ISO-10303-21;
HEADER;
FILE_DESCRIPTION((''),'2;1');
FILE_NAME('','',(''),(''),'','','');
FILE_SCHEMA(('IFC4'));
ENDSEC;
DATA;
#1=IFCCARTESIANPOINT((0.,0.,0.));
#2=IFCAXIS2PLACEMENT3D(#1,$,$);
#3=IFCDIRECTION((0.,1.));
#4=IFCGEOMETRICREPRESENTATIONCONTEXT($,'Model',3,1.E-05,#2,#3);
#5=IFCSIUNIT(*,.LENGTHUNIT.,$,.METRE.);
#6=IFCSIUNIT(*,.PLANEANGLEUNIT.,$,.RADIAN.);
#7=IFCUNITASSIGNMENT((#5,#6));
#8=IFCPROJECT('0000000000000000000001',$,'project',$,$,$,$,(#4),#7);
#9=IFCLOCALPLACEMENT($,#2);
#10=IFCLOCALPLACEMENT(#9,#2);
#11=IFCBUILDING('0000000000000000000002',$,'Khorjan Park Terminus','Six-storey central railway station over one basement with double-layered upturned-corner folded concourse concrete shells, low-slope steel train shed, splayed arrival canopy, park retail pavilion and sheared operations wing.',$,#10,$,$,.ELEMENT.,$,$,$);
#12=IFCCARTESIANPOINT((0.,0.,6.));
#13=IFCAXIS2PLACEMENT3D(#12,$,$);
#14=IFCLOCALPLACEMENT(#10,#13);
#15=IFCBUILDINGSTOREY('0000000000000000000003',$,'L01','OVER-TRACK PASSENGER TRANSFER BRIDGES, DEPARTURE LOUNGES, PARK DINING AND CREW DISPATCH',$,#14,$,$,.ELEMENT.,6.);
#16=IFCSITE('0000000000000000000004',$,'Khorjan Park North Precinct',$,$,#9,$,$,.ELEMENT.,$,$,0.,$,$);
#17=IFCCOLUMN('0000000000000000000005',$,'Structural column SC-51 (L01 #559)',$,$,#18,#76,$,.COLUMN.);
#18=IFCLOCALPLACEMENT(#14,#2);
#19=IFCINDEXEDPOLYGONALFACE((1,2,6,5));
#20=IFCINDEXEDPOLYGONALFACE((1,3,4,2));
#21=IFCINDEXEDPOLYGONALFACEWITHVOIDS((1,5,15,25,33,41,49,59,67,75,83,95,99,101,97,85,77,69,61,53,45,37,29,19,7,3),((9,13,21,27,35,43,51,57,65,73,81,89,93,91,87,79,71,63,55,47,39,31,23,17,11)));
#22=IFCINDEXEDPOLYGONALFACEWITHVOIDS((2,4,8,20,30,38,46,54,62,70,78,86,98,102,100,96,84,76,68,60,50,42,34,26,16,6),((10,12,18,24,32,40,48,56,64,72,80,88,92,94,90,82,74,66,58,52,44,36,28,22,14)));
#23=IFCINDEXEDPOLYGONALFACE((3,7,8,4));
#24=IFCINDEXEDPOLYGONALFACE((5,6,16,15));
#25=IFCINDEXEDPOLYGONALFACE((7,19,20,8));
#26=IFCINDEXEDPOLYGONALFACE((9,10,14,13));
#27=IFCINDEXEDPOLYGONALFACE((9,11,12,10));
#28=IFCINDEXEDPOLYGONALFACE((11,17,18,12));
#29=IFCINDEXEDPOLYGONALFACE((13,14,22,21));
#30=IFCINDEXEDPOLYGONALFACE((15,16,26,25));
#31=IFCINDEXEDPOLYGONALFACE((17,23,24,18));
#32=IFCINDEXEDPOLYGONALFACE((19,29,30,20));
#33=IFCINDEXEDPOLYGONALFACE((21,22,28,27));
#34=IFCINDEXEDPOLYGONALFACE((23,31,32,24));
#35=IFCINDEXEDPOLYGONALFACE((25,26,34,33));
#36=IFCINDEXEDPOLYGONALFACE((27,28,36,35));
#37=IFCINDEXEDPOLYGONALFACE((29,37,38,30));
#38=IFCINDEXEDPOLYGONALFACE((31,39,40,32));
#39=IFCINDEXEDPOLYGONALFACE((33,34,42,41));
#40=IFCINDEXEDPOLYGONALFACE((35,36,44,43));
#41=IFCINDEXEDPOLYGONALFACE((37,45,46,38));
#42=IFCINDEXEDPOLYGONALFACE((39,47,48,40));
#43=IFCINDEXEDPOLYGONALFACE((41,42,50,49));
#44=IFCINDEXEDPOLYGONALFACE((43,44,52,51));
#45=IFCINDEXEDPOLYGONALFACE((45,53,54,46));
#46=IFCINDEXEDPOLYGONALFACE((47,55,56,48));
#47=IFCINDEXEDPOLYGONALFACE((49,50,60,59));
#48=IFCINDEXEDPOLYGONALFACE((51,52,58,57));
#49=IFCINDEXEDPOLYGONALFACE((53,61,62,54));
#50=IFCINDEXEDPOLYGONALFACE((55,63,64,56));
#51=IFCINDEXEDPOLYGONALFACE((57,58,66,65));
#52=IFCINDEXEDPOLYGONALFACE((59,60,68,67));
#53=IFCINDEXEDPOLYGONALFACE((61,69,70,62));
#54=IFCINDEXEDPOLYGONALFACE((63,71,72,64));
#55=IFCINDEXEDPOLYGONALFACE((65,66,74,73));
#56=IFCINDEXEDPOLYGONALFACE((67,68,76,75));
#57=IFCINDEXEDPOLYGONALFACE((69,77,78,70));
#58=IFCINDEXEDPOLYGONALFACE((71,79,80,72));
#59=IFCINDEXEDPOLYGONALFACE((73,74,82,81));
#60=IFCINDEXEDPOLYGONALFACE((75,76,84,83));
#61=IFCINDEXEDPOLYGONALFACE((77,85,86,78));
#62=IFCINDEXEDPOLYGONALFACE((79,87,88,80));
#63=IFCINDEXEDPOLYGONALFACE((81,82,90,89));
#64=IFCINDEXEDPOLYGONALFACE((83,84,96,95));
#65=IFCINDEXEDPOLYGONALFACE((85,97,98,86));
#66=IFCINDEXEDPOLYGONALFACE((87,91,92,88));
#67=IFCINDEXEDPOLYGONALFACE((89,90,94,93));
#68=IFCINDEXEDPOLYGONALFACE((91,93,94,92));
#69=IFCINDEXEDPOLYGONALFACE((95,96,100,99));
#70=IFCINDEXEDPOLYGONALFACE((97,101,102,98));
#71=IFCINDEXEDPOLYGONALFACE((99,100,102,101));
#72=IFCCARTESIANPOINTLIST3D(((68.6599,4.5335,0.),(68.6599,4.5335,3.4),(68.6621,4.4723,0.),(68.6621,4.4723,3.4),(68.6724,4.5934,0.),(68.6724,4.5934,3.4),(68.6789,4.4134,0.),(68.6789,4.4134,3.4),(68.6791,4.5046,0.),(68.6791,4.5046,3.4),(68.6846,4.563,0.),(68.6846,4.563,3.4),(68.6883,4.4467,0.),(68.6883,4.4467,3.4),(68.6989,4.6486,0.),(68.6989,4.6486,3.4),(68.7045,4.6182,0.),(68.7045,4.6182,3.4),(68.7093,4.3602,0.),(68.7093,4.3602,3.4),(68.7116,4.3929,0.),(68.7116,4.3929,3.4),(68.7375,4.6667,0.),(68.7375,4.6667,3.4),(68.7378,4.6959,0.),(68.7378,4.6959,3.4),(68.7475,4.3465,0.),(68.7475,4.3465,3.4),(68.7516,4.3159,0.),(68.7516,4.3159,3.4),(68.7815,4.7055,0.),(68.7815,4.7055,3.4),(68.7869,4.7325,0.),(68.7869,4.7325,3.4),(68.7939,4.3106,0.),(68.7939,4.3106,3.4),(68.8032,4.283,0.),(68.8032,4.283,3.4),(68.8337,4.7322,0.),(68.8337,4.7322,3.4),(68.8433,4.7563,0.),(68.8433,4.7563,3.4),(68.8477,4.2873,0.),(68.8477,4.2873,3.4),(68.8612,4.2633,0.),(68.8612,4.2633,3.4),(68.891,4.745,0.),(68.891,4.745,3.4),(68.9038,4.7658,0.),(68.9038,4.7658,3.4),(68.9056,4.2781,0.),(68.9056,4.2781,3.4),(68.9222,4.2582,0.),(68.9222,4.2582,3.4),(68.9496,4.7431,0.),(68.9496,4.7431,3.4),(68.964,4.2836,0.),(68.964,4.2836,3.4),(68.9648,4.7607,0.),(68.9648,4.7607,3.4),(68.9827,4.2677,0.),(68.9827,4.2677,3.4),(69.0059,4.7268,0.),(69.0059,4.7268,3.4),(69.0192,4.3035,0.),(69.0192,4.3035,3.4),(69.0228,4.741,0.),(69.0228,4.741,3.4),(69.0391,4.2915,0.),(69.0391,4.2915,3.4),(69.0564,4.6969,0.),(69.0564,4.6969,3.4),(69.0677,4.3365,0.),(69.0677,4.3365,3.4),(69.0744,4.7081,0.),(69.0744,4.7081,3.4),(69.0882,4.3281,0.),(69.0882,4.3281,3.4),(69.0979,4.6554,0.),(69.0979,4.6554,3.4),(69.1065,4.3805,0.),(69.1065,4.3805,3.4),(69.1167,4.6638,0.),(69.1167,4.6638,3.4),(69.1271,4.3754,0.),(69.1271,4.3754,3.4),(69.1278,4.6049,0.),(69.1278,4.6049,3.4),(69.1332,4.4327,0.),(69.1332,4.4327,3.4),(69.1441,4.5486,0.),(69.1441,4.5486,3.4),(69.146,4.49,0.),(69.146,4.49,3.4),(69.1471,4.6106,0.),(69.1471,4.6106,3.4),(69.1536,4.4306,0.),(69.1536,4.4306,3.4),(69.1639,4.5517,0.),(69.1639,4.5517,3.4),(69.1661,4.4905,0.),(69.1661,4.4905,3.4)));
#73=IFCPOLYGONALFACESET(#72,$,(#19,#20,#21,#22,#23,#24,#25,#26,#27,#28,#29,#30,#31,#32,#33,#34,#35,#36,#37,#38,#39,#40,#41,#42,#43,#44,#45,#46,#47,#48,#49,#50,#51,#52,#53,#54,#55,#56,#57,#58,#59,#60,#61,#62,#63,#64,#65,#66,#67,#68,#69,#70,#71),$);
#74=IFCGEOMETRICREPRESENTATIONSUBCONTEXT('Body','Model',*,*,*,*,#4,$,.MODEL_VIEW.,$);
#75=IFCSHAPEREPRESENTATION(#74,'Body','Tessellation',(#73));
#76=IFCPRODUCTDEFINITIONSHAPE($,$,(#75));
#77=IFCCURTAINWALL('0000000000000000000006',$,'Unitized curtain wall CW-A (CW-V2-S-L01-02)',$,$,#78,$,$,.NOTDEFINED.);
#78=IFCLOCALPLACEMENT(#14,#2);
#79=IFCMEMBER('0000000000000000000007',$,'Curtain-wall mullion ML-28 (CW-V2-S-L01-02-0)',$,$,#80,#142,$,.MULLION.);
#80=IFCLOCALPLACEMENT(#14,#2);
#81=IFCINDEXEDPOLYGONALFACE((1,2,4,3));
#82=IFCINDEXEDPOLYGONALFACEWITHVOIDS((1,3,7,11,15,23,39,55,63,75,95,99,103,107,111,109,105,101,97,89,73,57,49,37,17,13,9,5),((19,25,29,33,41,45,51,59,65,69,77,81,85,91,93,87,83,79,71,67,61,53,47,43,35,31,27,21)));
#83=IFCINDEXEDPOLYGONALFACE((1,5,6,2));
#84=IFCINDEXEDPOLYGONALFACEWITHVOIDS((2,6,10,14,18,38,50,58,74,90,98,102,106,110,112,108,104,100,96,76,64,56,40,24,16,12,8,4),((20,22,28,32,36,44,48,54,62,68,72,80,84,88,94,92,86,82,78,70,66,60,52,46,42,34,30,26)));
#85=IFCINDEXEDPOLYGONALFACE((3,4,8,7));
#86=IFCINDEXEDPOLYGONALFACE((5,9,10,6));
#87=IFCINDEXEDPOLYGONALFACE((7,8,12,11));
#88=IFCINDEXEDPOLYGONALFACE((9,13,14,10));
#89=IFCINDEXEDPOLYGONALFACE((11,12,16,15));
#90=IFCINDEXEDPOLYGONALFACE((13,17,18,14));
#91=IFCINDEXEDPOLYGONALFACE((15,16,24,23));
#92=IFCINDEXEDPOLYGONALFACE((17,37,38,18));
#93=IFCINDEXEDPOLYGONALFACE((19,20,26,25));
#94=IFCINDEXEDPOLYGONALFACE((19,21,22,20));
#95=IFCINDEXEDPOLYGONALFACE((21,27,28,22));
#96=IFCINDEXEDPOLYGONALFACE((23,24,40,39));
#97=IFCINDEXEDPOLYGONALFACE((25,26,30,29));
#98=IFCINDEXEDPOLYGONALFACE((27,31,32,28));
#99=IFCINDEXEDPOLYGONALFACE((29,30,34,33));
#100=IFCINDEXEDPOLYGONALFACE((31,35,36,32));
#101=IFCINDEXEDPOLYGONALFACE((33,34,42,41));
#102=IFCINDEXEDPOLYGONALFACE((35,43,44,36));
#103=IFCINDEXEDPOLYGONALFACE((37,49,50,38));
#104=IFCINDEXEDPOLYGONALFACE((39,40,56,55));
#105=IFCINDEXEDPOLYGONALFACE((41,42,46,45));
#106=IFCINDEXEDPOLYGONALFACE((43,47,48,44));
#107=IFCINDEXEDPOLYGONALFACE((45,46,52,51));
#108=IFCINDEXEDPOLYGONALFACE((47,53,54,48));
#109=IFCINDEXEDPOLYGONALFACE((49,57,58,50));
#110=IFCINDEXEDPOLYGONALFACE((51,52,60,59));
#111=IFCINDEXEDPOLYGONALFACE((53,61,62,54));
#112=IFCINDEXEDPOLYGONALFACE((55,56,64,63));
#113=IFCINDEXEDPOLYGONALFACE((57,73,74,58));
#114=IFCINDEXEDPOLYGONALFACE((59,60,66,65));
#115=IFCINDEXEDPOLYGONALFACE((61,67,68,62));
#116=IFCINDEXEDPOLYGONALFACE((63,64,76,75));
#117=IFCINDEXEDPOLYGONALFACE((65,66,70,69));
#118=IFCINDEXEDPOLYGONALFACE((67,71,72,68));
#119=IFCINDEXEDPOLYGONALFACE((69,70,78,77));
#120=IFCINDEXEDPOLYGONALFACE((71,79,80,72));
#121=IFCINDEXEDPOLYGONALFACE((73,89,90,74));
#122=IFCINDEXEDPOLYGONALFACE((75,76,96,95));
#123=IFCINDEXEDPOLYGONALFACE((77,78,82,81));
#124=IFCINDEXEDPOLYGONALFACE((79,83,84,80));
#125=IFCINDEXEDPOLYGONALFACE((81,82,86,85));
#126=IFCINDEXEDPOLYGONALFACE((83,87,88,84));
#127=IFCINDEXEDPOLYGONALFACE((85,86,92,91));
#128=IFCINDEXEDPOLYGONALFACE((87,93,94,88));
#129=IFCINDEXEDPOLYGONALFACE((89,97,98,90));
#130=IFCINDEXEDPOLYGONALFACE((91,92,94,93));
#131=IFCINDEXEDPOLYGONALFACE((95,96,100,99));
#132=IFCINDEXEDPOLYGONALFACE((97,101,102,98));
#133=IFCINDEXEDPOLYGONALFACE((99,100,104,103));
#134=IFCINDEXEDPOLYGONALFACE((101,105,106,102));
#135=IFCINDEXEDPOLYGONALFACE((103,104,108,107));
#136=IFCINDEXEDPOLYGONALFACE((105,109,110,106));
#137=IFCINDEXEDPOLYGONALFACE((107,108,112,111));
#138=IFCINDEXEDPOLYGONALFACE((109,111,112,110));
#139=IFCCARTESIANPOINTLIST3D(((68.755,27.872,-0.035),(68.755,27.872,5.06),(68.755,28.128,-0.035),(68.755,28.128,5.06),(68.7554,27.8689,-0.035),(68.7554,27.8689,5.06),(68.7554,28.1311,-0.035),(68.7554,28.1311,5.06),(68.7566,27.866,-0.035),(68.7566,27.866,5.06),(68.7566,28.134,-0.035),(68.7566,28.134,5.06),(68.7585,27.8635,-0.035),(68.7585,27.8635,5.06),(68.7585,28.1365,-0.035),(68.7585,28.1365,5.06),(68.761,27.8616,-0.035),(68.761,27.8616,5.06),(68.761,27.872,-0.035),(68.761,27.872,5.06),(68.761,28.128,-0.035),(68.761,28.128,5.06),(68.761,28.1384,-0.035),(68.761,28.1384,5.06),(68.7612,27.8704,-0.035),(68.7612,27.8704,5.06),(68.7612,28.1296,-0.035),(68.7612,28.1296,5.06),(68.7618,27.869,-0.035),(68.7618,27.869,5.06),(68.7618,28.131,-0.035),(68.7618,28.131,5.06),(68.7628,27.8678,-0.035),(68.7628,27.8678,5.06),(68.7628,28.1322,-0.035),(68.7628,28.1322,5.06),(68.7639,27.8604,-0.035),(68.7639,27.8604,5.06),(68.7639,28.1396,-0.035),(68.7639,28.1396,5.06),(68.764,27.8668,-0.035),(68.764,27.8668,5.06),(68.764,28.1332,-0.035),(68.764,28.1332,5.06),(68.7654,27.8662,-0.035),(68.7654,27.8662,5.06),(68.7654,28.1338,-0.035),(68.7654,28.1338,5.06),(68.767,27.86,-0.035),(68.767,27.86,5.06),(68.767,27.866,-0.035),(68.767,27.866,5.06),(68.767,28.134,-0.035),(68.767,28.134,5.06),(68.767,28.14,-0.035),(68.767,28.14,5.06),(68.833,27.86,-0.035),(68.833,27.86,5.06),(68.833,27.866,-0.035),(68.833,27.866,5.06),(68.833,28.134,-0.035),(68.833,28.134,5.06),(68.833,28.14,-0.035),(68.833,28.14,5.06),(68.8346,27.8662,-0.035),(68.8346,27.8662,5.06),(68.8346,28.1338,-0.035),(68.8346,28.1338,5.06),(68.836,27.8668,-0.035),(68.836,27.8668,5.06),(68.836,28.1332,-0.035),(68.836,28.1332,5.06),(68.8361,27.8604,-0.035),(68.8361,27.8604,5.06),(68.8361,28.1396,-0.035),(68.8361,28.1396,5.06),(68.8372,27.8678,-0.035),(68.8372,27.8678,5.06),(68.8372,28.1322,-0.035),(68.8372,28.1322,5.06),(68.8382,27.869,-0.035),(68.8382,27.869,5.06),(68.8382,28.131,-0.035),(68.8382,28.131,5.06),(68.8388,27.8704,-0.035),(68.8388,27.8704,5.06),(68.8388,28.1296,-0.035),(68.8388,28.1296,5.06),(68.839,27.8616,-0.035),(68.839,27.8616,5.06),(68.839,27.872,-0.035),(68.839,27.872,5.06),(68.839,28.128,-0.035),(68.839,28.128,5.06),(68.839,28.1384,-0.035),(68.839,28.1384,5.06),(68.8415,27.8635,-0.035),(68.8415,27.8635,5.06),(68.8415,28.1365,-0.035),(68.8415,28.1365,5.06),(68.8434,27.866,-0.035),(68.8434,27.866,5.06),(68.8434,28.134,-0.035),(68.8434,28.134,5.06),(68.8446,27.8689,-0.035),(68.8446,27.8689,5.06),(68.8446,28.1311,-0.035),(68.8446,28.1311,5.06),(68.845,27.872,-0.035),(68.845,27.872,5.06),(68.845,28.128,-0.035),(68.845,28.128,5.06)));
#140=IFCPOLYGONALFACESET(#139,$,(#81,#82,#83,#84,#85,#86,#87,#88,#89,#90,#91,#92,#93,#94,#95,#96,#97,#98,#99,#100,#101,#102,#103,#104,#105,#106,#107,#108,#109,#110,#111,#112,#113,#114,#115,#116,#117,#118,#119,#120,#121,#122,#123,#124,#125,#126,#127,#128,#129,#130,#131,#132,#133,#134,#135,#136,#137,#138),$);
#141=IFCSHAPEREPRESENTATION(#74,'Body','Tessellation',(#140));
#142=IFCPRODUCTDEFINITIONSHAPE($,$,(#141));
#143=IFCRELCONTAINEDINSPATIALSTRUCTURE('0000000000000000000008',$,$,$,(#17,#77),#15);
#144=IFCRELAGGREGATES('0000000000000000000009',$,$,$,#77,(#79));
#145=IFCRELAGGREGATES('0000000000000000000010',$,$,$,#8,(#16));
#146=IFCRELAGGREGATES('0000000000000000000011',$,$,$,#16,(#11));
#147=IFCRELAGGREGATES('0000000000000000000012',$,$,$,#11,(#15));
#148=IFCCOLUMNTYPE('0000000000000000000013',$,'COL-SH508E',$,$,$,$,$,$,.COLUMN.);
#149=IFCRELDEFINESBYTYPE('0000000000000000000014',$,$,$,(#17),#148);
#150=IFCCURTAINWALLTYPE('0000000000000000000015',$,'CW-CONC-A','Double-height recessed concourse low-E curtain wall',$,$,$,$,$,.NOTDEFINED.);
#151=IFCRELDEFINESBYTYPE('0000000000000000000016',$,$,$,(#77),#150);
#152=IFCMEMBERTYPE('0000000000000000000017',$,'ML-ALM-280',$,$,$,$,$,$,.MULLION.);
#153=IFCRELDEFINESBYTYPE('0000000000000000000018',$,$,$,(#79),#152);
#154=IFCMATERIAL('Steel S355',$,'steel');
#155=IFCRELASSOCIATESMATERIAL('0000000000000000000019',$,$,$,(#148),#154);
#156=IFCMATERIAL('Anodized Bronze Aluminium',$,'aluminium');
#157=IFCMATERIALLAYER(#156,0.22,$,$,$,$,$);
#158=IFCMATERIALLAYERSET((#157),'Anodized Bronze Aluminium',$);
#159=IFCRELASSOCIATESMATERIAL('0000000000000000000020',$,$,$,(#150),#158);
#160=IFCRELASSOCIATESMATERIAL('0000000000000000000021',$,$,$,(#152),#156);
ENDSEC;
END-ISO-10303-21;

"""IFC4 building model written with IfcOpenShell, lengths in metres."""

from ifc_helpers import new_model, si_unit, direction, frame, origin, origin_2d, place, context, subcontext, project, spatial, hollow_rectangle, hollow_circle, extrude, material, layer, layer_set, material_profile, profile_set, type_object, element, aggregate, save


model = new_model("IFC4")

# Units and contexts
model_context = context("Model", 3, precision=1e-05, world=origin(), true_north=direction((0.0, 1.0)))
body_context = subcontext(model_context, "Body", "Model", "MODEL_VIEW")
ifc_project = project(units=[si_unit("LENGTHUNIT", "METRE"), si_unit("PLANEANGLEUNIT", "RADIAN")], contexts=[model_context])

# Site, building, storey
site_placement = place(None, origin())
site = spatial("IfcSite", under=ifc_project, at=site_placement, Name="Khorjan Park North Precinct", CompositionType="ELEMENT", RefElevation=0.0)
building_placement = place(site_placement, origin())
building = spatial("IfcBuilding", under=site, at=building_placement, Name="Khorjan Park Terminus", Description="Six-storey central railway station over one basement with double-layered upturned-corner folded concourse concrete shells, low-slope steel train shed, splayed arrival canopy, park retail pavilion and sheared operations wing.", CompositionType="ELEMENT")
storey_placement = place(building_placement, frame((0.0, 0.0, 6.0)))
storey = spatial("IfcBuildingStorey", under=building, at=storey_placement, Name="L01", Description="OVER-TRACK PASSENGER TRANSFER BRIDGES, DEPARTURE LOUNGES, PARK DINING AND CREW DISPATCH", CompositionType="ELEMENT", Elevation=6.0)

# Column
ifc_material_1 = material(Name="Steel S355", Category="steel")
ifc_material_profile_1 = material_profile(ifc_material_1, hollow_circle(Radius=0.254, WallThickness=0.02, at=origin_2d()), Name="CHS 508x20")
ifc_profile_set_1 = profile_set([ifc_material_profile_1], Name="Steel S355")
column_type_1 = type_object("IfcColumnType", Name="COL-SH508E", PredefinedType="COLUMN", material=ifc_profile_set_1)
for number, where, z_axis, x_axis, name in (
    (1, (68.913, 4.512, 0.0), (0.0, 0.0, 1.0), (0.987688, 0.156434, 0.0), "Structural column SC-51 (L01 #559)"),
):
    element("IfcColumn", number, at=place(storey_placement, frame(where, z_axis=z_axis, x_axis=x_axis)), inside=storey, type_object=column_type_1, Name=name, PredefinedType="COLUMN", context=body_context, shape_type="SweptSolid", body=[
        extrude(hollow_circle(Radius=0.254, WallThickness=0.02, at=origin_2d()), origin(), (0.0, 0.0, 1.0), 3.4),
    ])

# Curtain wall, member
ifc_material_2 = material(Name="Anodized Bronze Aluminium", Category="aluminium")
ifc_layer_1 = layer(ifc_material_2, 0.22)
ifc_layer_set_1 = layer_set([ifc_layer_1], Name="Anodized Bronze Aluminium")
curtain_wall_type = type_object("IfcCurtainWallType", Name="CW-CONC-A", Description="Double-height recessed concourse low-E curtain wall", PredefinedType="NOTDEFINED", material=ifc_layer_set_1)
curtain_wall_1_placement = place(storey_placement, origin())
curtain_wall_1 = element("IfcCurtainWall", 2, at=curtain_wall_1_placement, inside=storey, type_object=curtain_wall_type, Name="Unitized curtain wall CW-A (CW-V2-S-L01-02)", PredefinedType="NOTDEFINED")
ifc_material_profile_2 = material_profile(ifc_material_2, hollow_rectangle(XDim=0.09, YDim=0.28, WallThickness=0.006, InnerFilletRadius=0.006, OuterFilletRadius=0.012, at=origin_2d()), Name="ALM 90x280x6")
ifc_profile_set_2 = profile_set([ifc_material_profile_2], Name="Anodized Bronze Aluminium")
member_type_1 = type_object("IfcMemberType", Name="ML-ALM-280", PredefinedType="MULLION", material=ifc_profile_set_2)
member_1_placement = place(storey_placement, frame((68.8, 28.0, -0.035), z_axis=(0.0, 0.0, 1.0), x_axis=(1.0, 0.0, 0.0)))
member_1 = element("IfcMember", 3, at=member_1_placement, type_object=member_type_1, Name="Curtain-wall mullion ML-28 (CW-V2-S-L01-02-0)", PredefinedType="MULLION", context=body_context, shape_type="SweptSolid", body=[
    extrude(hollow_rectangle(XDim=0.09, YDim=0.28, WallThickness=0.006, InnerFilletRadius=0.006, OuterFilletRadius=0.012, at=origin_2d()), origin(), (0.0, 0.0, 1.0), 5.095),
])

aggregate(curtain_wall_1, [member_1])

save(model, "model.ifc")
